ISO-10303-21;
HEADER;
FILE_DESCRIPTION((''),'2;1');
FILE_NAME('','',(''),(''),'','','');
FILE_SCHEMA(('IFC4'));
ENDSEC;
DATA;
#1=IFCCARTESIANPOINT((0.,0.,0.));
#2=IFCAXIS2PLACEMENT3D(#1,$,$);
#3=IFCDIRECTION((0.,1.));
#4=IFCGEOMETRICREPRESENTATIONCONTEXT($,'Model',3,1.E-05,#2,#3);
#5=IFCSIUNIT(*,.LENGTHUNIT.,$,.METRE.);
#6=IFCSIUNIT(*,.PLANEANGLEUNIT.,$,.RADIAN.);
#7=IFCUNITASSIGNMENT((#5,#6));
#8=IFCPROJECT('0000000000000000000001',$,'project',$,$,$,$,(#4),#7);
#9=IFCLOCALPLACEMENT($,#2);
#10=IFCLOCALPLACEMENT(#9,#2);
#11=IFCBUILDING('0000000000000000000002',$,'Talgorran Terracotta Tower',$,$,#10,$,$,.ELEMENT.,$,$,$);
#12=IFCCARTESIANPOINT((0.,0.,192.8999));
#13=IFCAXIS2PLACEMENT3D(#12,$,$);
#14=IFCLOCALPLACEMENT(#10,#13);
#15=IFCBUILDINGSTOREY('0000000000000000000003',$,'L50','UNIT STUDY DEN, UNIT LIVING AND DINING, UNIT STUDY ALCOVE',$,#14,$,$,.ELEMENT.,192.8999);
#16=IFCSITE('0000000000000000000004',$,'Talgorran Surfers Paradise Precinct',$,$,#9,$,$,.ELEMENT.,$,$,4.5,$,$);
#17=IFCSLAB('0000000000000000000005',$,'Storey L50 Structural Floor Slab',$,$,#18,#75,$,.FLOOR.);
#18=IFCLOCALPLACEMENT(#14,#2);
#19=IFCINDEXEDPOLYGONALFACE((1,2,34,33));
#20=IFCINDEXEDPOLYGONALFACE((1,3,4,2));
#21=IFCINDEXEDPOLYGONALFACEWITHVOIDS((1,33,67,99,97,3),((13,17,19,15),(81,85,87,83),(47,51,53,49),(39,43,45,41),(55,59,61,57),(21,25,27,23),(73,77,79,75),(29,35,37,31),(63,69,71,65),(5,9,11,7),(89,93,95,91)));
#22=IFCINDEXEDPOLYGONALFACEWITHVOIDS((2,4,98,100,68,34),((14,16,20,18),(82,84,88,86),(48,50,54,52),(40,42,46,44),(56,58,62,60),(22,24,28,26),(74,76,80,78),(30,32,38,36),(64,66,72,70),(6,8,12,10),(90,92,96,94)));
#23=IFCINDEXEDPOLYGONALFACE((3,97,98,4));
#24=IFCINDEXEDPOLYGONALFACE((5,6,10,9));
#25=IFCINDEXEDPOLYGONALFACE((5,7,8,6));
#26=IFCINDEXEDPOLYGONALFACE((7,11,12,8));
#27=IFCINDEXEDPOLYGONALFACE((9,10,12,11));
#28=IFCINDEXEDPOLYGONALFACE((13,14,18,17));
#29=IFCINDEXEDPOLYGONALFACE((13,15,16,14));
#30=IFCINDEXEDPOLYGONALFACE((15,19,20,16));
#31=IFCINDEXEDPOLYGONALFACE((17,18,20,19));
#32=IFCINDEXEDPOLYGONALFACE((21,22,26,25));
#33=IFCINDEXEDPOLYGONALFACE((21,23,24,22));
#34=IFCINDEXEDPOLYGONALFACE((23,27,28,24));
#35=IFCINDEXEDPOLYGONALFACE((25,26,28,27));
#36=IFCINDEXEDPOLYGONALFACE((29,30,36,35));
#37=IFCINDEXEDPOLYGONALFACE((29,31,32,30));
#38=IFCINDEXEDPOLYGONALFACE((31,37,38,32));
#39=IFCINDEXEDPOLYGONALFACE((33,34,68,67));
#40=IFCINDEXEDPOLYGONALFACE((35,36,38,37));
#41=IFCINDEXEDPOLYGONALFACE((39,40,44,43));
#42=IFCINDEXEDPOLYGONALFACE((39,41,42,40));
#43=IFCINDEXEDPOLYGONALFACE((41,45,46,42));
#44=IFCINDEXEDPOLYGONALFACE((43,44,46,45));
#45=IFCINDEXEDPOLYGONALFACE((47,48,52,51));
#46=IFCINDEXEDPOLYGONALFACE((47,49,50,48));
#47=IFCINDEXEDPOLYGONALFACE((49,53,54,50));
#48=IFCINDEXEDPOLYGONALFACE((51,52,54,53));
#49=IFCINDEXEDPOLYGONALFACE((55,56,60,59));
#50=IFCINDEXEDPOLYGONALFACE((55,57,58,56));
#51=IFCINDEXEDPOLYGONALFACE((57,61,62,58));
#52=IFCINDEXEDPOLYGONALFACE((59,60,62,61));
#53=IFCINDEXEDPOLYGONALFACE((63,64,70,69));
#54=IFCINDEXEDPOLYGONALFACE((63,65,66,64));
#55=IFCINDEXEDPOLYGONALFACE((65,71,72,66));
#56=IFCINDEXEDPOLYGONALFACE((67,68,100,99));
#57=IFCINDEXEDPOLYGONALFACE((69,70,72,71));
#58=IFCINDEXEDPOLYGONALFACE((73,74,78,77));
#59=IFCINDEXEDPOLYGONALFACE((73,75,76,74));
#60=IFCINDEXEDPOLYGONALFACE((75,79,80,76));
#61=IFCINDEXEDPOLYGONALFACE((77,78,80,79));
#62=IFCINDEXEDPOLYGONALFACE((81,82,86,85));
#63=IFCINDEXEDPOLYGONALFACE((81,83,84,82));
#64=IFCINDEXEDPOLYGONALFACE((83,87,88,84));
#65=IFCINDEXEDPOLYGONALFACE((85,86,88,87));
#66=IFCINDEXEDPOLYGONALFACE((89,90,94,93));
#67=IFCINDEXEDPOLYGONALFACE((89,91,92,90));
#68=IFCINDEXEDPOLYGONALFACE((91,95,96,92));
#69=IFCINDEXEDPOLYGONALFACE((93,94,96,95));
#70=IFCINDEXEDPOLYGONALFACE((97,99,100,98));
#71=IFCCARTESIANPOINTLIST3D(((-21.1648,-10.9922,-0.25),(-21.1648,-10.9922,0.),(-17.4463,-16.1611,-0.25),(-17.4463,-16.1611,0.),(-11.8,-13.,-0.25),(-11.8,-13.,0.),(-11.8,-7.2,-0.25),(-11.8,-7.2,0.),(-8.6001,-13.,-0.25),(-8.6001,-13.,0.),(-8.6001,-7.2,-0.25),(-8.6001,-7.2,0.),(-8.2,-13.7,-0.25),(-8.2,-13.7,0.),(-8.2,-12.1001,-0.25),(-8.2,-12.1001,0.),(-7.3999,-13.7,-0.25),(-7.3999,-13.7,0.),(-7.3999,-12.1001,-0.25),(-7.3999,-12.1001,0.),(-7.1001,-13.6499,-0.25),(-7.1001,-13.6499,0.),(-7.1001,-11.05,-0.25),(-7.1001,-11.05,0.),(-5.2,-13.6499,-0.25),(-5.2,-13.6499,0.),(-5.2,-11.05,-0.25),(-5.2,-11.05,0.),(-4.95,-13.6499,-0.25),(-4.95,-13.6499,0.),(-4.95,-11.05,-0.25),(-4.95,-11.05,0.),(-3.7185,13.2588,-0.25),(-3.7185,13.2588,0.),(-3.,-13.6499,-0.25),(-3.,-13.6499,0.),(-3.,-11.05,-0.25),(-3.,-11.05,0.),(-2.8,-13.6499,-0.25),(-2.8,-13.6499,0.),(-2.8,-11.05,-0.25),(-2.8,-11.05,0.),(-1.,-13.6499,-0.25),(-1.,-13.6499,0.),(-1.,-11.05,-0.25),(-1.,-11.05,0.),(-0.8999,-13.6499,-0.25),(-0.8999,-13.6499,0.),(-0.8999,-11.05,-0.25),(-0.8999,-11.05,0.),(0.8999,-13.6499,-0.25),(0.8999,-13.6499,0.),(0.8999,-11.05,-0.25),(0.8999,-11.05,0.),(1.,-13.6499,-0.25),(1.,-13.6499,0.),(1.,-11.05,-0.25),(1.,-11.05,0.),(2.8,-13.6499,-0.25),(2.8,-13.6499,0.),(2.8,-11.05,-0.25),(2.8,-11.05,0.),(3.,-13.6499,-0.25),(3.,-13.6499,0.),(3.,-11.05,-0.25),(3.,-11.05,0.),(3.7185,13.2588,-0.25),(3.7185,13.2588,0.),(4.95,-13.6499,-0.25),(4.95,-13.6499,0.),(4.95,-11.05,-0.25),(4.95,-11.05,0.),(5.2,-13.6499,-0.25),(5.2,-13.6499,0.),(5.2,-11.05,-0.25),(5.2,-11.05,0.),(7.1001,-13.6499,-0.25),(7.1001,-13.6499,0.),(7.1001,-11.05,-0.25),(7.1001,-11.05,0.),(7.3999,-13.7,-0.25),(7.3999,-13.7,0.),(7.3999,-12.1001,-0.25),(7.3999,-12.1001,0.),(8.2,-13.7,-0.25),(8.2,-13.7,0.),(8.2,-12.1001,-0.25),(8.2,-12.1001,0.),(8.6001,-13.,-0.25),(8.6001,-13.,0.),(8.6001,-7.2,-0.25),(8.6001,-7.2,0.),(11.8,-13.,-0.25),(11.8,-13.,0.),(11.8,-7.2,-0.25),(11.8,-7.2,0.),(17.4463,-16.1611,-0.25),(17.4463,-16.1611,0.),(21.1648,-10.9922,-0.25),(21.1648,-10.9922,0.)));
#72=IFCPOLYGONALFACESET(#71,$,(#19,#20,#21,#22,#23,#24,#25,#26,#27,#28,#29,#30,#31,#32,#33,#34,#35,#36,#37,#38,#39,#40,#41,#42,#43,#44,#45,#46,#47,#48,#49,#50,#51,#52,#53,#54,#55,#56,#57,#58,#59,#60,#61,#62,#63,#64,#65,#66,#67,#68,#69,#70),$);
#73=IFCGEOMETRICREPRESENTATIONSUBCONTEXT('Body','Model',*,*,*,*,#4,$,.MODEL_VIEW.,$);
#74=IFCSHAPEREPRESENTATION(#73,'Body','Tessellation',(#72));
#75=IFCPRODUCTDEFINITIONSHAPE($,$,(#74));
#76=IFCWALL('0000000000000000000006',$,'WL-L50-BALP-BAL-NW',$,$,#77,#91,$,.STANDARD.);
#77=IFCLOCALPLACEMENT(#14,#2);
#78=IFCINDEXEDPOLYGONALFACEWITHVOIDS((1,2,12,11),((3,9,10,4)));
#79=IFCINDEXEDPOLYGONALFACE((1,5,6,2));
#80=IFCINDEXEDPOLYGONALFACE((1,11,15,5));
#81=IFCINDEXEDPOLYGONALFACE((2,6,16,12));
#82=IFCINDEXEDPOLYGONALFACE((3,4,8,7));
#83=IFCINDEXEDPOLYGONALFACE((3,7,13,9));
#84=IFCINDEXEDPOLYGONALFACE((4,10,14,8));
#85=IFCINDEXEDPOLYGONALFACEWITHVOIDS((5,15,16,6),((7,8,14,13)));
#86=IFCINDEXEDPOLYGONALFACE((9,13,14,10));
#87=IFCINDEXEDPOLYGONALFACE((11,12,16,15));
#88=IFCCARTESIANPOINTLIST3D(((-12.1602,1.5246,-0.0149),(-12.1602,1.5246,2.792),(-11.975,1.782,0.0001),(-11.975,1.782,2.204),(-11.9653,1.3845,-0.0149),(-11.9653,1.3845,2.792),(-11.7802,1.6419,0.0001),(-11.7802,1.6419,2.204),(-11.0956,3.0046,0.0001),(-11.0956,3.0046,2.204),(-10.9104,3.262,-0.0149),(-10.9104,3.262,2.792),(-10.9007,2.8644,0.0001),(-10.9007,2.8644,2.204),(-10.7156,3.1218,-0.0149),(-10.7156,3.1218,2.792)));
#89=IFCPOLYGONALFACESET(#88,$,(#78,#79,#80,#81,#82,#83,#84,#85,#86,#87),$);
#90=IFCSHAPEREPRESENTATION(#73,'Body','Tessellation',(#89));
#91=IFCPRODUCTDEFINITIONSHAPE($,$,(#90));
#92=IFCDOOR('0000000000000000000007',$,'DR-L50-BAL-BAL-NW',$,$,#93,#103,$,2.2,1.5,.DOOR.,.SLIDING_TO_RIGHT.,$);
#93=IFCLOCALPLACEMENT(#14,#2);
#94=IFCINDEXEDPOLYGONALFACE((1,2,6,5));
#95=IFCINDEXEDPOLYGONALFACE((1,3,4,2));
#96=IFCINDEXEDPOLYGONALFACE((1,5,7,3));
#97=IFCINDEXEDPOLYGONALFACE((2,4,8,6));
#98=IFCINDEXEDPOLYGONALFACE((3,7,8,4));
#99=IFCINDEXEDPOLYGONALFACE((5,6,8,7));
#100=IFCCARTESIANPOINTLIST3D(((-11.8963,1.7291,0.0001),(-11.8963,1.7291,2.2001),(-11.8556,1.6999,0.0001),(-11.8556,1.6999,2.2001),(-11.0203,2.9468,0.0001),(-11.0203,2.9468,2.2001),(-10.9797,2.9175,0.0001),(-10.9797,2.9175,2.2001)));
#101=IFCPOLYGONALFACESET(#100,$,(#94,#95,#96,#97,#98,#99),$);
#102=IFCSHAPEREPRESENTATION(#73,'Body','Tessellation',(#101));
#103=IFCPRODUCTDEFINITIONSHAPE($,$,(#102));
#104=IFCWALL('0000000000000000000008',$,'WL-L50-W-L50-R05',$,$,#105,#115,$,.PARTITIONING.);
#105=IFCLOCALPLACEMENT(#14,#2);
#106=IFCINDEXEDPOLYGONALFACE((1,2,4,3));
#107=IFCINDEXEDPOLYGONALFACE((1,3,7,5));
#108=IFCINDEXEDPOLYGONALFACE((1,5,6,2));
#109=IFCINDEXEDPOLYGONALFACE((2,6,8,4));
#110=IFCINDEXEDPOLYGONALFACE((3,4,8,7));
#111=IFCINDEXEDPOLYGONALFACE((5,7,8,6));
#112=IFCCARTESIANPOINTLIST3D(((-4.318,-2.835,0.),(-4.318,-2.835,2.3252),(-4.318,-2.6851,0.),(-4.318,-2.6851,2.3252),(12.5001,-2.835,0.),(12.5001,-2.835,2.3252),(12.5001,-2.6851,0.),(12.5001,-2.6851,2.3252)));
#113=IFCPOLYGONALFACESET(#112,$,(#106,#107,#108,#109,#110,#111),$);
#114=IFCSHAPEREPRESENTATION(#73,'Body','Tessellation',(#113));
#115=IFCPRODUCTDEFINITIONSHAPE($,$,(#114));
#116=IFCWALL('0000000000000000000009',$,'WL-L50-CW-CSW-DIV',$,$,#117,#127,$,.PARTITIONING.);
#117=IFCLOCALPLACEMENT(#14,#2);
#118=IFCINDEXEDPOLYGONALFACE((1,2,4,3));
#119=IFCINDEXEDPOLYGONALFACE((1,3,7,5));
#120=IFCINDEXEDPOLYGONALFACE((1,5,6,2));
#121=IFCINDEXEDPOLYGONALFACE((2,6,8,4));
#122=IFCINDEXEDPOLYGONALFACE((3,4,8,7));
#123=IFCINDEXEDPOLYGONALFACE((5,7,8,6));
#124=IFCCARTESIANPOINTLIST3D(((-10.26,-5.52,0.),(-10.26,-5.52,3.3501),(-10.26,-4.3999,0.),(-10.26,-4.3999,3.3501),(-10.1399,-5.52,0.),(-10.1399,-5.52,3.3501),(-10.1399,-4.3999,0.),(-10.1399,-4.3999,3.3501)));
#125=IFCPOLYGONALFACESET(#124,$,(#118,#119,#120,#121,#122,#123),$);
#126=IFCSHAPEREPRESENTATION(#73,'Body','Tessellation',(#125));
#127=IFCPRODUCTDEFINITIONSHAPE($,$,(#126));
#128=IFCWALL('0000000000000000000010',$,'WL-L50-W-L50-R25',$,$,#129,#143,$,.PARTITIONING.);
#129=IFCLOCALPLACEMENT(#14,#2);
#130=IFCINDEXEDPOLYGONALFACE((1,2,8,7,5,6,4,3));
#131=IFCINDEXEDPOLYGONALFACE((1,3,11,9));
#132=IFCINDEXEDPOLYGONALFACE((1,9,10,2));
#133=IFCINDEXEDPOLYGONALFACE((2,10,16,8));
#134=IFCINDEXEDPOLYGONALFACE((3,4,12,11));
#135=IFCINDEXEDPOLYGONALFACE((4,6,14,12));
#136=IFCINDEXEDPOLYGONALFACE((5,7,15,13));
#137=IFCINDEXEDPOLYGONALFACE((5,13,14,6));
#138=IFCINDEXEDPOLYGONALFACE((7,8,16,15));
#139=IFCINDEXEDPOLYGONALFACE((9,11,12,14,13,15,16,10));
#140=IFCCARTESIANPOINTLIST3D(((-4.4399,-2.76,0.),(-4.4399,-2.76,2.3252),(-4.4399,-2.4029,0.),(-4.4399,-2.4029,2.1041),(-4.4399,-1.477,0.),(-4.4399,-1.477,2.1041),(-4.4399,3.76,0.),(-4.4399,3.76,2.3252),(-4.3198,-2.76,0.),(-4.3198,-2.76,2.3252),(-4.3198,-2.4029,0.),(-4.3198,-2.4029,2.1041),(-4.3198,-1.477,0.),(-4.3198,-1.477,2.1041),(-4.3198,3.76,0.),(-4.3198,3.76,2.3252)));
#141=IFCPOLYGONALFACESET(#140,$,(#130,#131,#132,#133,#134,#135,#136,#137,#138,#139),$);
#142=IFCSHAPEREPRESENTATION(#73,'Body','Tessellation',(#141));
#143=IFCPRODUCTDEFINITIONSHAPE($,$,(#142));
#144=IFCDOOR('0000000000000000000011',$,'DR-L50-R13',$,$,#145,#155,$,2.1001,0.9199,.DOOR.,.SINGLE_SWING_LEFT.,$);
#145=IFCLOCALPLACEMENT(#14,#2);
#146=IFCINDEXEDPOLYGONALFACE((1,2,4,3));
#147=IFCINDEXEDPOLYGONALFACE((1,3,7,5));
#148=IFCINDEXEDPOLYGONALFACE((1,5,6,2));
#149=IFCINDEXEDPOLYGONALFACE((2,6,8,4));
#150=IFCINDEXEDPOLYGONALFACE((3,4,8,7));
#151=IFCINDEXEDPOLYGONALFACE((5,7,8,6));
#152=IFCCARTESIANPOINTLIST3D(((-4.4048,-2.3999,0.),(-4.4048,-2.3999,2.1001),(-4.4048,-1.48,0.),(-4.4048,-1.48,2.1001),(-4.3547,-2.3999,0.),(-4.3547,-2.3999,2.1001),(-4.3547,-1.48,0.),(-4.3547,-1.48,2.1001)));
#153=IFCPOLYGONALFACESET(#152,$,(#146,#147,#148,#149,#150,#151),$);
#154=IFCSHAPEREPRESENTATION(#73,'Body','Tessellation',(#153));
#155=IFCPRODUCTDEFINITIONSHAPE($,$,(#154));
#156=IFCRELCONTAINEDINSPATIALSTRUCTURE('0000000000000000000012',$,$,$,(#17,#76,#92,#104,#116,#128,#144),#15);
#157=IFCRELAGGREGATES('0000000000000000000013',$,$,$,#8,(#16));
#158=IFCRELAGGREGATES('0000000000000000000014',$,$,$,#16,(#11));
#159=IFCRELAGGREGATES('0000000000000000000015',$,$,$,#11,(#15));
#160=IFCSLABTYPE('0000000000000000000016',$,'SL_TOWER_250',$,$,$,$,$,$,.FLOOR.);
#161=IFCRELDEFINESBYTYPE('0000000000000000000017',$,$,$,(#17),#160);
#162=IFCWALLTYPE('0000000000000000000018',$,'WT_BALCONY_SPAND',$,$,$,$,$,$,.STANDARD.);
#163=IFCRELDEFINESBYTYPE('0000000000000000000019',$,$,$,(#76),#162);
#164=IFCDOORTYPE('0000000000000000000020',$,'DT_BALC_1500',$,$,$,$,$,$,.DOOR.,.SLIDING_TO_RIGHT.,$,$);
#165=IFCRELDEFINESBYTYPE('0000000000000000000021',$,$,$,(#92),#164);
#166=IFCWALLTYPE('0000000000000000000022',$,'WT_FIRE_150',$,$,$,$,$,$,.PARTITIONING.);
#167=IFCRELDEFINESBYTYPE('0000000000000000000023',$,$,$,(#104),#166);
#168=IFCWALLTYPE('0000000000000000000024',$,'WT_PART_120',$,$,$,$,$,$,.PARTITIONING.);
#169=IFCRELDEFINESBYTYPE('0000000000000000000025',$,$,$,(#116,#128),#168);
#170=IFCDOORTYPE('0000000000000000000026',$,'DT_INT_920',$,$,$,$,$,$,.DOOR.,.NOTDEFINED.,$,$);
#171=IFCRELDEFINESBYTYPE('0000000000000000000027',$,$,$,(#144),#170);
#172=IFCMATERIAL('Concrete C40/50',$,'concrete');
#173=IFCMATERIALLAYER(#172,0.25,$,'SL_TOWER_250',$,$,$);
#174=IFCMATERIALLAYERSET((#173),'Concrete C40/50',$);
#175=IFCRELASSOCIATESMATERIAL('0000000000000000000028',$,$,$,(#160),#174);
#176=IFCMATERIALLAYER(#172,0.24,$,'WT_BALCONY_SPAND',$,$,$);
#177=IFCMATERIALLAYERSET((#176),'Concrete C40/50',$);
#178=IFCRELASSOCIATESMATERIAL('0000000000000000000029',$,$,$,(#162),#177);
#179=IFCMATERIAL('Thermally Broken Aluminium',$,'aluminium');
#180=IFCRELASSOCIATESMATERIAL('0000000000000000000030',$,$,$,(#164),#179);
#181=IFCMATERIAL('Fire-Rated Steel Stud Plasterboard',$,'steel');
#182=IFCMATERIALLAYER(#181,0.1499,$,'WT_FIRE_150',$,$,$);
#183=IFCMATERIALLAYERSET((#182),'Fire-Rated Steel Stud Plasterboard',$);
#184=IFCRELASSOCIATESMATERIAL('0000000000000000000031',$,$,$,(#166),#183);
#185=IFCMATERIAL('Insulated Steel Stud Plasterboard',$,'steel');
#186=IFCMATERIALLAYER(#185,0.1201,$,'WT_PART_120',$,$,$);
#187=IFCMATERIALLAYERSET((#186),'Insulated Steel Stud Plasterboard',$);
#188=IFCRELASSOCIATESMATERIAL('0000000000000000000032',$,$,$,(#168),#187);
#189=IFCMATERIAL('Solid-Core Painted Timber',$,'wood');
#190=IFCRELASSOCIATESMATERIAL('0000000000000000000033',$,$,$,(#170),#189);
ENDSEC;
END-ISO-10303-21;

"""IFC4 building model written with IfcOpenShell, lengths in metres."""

from ifc_helpers import new_model, si_unit, direction, frame, frame_2d, origin, place, context, subcontext, project, spatial, polyline, rectangle, outline, extrude, material, layer, layer_set, type_object, element, fill, save


model = new_model("IFC4")

# Units and contexts
model_context = context("Model", 3, precision=1e-05, world=origin(), true_north=direction((0.0, 1.0)))
body_context = subcontext(model_context, "Body", "Model", "MODEL_VIEW")
ifc_project = project(units=[si_unit("LENGTHUNIT", "METRE"), si_unit("PLANEANGLEUNIT", "RADIAN")], contexts=[model_context])

# Site, building, storey
site_placement = place(None, origin())
site = spatial("IfcSite", under=ifc_project, at=site_placement, Name="Talgorran Surfers Paradise Precinct", CompositionType="ELEMENT", RefElevation=4.5)
building_placement = place(site_placement, origin())
building = spatial("IfcBuilding", under=site, at=building_placement, Name="Talgorran Terracotta Tower", CompositionType="ELEMENT")
storey_placement = place(building_placement, frame((0.0, 0.0, 192.8999)))
storey = spatial("IfcBuildingStorey", under=building, at=storey_placement, Name="L50", Description="UNIT STUDY DEN, UNIT LIVING AND DINING, UNIT STUDY ALCOVE", CompositionType="ELEMENT", Elevation=192.8999)

# Slab
ifc_material_1 = material(Name="Concrete C40/50", Category="concrete")
ifc_layer_1 = layer(ifc_material_1, 0.25, Name="SL_TOWER_250")
ifc_layer_set_1 = layer_set([ifc_layer_1], Name="Concrete C40/50")
slab_type_1 = type_object("IfcSlabType", Name="SL_TOWER_250", PredefinedType="FLOOR", material=ifc_layer_set_1)
slab_1_placement = place(storey_placement, frame((0.0, 0.0, -0.25)))
element("IfcSlab", 1, at=slab_1_placement, inside=storey, type_object=slab_type_1, Name="Storey L50 Structural Floor Slab", PredefinedType="FLOOR", context=body_context, shape_type="SweptSolid", body=[
    extrude(outline(polyline([(-21.1648, -10.9922), (-17.4463, -16.1611), (17.4463, -16.1611), (21.1648, -10.9922), (3.7185, 13.2588), (-3.7185, 13.2588), (-21.1648, -10.9922)]), holes=[polyline([(-11.8, -7.2), (-11.8, -13.0), (-8.6001, -13.0), (-8.6001, -7.2), (-11.8, -7.2)]), polyline([(8.6001, -7.2), (8.6001, -13.0), (11.8, -13.0), (11.8, -7.2), (8.6001, -7.2)]), polyline([(-7.1001, -13.6499), (-5.2, -13.6499), (-5.2, -11.05), (-7.1001, -11.05), (-7.1001, -13.6499)]), polyline([(5.2, -13.6499), (7.1001, -13.6499), (7.1001, -11.05), (5.2, -11.05), (5.2, -13.6499)]), polyline([(3.0, -13.6499), (4.95, -13.6499), (4.95, -11.05), (3.0, -11.05), (3.0, -13.6499)]), polyline([(-4.95, -13.6499), (-3.0, -13.6499), (-3.0, -11.05), (-4.95, -11.05), (-4.95, -13.6499)]), polyline([(-2.8, -13.6499), (-1.0, -13.6499), (-1.0, -11.05), (-2.8, -11.05), (-2.8, -13.6499)]), polyline([(-0.8999, -13.6499), (0.8999, -13.6499), (0.8999, -11.05), (-0.8999, -11.05), (-0.8999, -13.6499)]), polyline([(1.0, -13.6499), (2.8, -13.6499), (2.8, -11.05), (1.0, -11.05), (1.0, -13.6499)]), polyline([(-8.2, -13.7), (-7.3999, -13.7), (-7.3999, -12.1001), (-8.2, -12.1001), (-8.2, -13.7)]), polyline([(7.3999, -13.7), (8.2, -13.7), (8.2, -12.1001), (7.3999, -12.1001), (7.3999, -13.7)])]), origin(), (0.0, 0.0, 1.0), 0.25),
])

# Wall, opening, door
ifc_layer_2 = layer(ifc_material_1, 0.24, Name="WT_BALCONY_SPAND")
ifc_layer_set_2 = layer_set([ifc_layer_2], Name="Concrete C40/50")
wall_type_1 = type_object("IfcWallType", Name="WT_BALCONY_SPAND", PredefinedType="STANDARD", material=ifc_layer_set_2)
wall_1_placement = place(storey_placement, frame((-10.813, 3.1919, -0.0149), z_axis=(0.0, 0.0, 1.0), x_axis=(-0.583965, -0.811779, 0.0)))
wall_1 = element("IfcWall", 2, at=wall_1_placement, inside=storey, type_object=wall_type_1, Name="WL-L50-BALP-BAL-NW", PredefinedType="STANDARD", context=body_context, shape_type="SweptSolid", body=[
    extrude(rectangle(XDim=2.1401, YDim=0.24, at=frame_2d((1.0701, 0.0))), origin(), (0.0, 0.0, 1.0), 2.8069),
])
opening_1_placement = place(wall_1_placement, frame((0.3201, 0.0, 0.0149)))
opening_1 = element("IfcOpeningElement", 3, at=opening_1_placement, cuts=wall_1, PredefinedType="OPENING", context=body_context, shape_type="SweptSolid", body=[
    extrude(rectangle(XDim=1.506, YDim=2.204, at=frame_2d((0.75, 1.1021))), frame((0.0, 0.1299, 0.0), z_axis=(0.0, -1.0, 0.0), x_axis=(1.0, 0.0, 0.0)), (0.0, 0.0, 1.0), 0.26),
])
ifc_material_2 = material(Name="Thermally Broken Aluminium", Category="aluminium")
door_type_1 = type_object("IfcDoorType", Name="DT_BALC_1500", OperationType="SLIDING_TO_RIGHT", PredefinedType="DOOR", material=ifc_material_2)
door_1_placement = place(opening_1_placement, origin())
door_1 = element("IfcDoor", 4, at=door_1_placement, inside=storey, type_object=door_type_1, Name="DR-L50-BAL-BAL-NW", OperationType="SLIDING_TO_RIGHT", OverallHeight=2.2, OverallWidth=1.5, PredefinedType="DOOR", context=body_context, shape_type="SweptSolid", body=[
    extrude(rectangle(XDim=1.5, YDim=2.2, at=frame_2d((0.75, 1.1001))), frame((0.0, 0.0249, 0.0), z_axis=(0.0, -1.0, 0.0), x_axis=(1.0, 0.0, 0.0)), (0.0, 0.0, 1.0), 0.05),
])
fill(opening_1, door_1)

# Walls
ifc_material_3 = material(Name="Fire-Rated Steel Stud Plasterboard", Category="steel")
ifc_layer_3 = layer(ifc_material_3, 0.1499, Name="WT_FIRE_150")
ifc_layer_set_3 = layer_set([ifc_layer_3], Name="Fire-Rated Steel Stud Plasterboard")
wall_type_2 = type_object("IfcWallType", Name="WT_FIRE_150", PredefinedType="PARTITIONING", material=ifc_layer_set_3)
wall_2_placement = place(storey_placement, frame((-4.3181, -2.76, 0.0), z_axis=(0.0, 0.0, 1.0), x_axis=(1.0, 0.0, 0.0)))
element("IfcWall", 5, at=wall_2_placement, inside=storey, type_object=wall_type_2, Name="WL-L50-W-L50-R05", PredefinedType="PARTITIONING", context=body_context, shape_type="SweptSolid", body=[
    extrude(rectangle(XDim=16.8181, YDim=0.1499, at=frame_2d((8.4092, 0.0))), origin(), (0.0, 0.0, 1.0), 2.3252),
])
ifc_material_4 = material(Name="Insulated Steel Stud Plasterboard", Category="steel")
ifc_layer_4 = layer(ifc_material_4, 0.1201, Name="WT_PART_120")
ifc_layer_set_4 = layer_set([ifc_layer_4], Name="Insulated Steel Stud Plasterboard")
wall_type_3 = type_object("IfcWallType", Name="WT_PART_120", PredefinedType="PARTITIONING", material=ifc_layer_set_4)
wall_3_placement = place(storey_placement, frame((-10.2, -5.52, 0.0), z_axis=(0.0, 0.0, 1.0), x_axis=(0.0, 1.0, 0.0)))
element("IfcWall", 6, at=wall_3_placement, inside=storey, type_object=wall_type_3, Name="WL-L50-CW-CSW-DIV", PredefinedType="PARTITIONING", context=body_context, shape_type="SweptSolid", body=[
    extrude(rectangle(XDim=1.1201, YDim=0.1201, at=frame_2d((0.5601, 0.0))), origin(), (0.0, 0.0, 1.0), 3.3501),
])

# Wall, opening, door
wall_4_placement = place(storey_placement, frame((-4.3799, -2.76, 0.0), z_axis=(0.0, 0.0, 1.0), x_axis=(0.0, 1.0, 0.0)))
wall_4 = element("IfcWall", 7, at=wall_4_placement, inside=storey, type_object=wall_type_3, Name="WL-L50-W-L50-R25", PredefinedType="PARTITIONING", context=body_context, shape_type="SweptSolid", body=[
    extrude(rectangle(XDim=6.52, YDim=0.1201, at=frame_2d((3.26, 0.0))), origin(), (0.0, 0.0, 1.0), 2.3252),
])
opening_2_placement = place(wall_4_placement, frame((0.3601, 0.0, 0.0)))
opening_2 = element("IfcOpeningElement", 8, at=opening_2_placement, cuts=wall_4, PredefinedType="OPENING", context=body_context, shape_type="SweptSolid", body=[
    extrude(rectangle(XDim=0.9259, YDim=2.1041, at=frame_2d((0.46, 1.052))), frame((0.0, 0.0701, 0.0), z_axis=(0.0, -1.0, 0.0), x_axis=(1.0, 0.0, 0.0)), (0.0, 0.0, 1.0), 0.1401),
])
ifc_material_5 = material(Name="Solid-Core Painted Timber", Category="wood")
door_type_2 = type_object("IfcDoorType", Name="DT_INT_920", OperationType="NOTDEFINED", PredefinedType="DOOR", material=ifc_material_5)
door_2_placement = place(opening_2_placement, origin())
door_2 = element("IfcDoor", 9, at=door_2_placement, inside=storey, type_object=door_type_2, Name="DR-L50-R13", OperationType="SINGLE_SWING_LEFT", OverallHeight=2.1001, OverallWidth=0.9199, PredefinedType="DOOR", context=body_context, shape_type="SweptSolid", body=[
    extrude(rectangle(XDim=0.9199, YDim=2.1001, at=frame_2d((0.46, 1.05))), frame((0.0, 0.0249, 0.0), z_axis=(0.0, -1.0, 0.0), x_axis=(1.0, 0.0, 0.0)), (0.0, 0.0, 1.0), 0.05),
])
fill(opening_2, door_2)

save(model, "model.ifc")
